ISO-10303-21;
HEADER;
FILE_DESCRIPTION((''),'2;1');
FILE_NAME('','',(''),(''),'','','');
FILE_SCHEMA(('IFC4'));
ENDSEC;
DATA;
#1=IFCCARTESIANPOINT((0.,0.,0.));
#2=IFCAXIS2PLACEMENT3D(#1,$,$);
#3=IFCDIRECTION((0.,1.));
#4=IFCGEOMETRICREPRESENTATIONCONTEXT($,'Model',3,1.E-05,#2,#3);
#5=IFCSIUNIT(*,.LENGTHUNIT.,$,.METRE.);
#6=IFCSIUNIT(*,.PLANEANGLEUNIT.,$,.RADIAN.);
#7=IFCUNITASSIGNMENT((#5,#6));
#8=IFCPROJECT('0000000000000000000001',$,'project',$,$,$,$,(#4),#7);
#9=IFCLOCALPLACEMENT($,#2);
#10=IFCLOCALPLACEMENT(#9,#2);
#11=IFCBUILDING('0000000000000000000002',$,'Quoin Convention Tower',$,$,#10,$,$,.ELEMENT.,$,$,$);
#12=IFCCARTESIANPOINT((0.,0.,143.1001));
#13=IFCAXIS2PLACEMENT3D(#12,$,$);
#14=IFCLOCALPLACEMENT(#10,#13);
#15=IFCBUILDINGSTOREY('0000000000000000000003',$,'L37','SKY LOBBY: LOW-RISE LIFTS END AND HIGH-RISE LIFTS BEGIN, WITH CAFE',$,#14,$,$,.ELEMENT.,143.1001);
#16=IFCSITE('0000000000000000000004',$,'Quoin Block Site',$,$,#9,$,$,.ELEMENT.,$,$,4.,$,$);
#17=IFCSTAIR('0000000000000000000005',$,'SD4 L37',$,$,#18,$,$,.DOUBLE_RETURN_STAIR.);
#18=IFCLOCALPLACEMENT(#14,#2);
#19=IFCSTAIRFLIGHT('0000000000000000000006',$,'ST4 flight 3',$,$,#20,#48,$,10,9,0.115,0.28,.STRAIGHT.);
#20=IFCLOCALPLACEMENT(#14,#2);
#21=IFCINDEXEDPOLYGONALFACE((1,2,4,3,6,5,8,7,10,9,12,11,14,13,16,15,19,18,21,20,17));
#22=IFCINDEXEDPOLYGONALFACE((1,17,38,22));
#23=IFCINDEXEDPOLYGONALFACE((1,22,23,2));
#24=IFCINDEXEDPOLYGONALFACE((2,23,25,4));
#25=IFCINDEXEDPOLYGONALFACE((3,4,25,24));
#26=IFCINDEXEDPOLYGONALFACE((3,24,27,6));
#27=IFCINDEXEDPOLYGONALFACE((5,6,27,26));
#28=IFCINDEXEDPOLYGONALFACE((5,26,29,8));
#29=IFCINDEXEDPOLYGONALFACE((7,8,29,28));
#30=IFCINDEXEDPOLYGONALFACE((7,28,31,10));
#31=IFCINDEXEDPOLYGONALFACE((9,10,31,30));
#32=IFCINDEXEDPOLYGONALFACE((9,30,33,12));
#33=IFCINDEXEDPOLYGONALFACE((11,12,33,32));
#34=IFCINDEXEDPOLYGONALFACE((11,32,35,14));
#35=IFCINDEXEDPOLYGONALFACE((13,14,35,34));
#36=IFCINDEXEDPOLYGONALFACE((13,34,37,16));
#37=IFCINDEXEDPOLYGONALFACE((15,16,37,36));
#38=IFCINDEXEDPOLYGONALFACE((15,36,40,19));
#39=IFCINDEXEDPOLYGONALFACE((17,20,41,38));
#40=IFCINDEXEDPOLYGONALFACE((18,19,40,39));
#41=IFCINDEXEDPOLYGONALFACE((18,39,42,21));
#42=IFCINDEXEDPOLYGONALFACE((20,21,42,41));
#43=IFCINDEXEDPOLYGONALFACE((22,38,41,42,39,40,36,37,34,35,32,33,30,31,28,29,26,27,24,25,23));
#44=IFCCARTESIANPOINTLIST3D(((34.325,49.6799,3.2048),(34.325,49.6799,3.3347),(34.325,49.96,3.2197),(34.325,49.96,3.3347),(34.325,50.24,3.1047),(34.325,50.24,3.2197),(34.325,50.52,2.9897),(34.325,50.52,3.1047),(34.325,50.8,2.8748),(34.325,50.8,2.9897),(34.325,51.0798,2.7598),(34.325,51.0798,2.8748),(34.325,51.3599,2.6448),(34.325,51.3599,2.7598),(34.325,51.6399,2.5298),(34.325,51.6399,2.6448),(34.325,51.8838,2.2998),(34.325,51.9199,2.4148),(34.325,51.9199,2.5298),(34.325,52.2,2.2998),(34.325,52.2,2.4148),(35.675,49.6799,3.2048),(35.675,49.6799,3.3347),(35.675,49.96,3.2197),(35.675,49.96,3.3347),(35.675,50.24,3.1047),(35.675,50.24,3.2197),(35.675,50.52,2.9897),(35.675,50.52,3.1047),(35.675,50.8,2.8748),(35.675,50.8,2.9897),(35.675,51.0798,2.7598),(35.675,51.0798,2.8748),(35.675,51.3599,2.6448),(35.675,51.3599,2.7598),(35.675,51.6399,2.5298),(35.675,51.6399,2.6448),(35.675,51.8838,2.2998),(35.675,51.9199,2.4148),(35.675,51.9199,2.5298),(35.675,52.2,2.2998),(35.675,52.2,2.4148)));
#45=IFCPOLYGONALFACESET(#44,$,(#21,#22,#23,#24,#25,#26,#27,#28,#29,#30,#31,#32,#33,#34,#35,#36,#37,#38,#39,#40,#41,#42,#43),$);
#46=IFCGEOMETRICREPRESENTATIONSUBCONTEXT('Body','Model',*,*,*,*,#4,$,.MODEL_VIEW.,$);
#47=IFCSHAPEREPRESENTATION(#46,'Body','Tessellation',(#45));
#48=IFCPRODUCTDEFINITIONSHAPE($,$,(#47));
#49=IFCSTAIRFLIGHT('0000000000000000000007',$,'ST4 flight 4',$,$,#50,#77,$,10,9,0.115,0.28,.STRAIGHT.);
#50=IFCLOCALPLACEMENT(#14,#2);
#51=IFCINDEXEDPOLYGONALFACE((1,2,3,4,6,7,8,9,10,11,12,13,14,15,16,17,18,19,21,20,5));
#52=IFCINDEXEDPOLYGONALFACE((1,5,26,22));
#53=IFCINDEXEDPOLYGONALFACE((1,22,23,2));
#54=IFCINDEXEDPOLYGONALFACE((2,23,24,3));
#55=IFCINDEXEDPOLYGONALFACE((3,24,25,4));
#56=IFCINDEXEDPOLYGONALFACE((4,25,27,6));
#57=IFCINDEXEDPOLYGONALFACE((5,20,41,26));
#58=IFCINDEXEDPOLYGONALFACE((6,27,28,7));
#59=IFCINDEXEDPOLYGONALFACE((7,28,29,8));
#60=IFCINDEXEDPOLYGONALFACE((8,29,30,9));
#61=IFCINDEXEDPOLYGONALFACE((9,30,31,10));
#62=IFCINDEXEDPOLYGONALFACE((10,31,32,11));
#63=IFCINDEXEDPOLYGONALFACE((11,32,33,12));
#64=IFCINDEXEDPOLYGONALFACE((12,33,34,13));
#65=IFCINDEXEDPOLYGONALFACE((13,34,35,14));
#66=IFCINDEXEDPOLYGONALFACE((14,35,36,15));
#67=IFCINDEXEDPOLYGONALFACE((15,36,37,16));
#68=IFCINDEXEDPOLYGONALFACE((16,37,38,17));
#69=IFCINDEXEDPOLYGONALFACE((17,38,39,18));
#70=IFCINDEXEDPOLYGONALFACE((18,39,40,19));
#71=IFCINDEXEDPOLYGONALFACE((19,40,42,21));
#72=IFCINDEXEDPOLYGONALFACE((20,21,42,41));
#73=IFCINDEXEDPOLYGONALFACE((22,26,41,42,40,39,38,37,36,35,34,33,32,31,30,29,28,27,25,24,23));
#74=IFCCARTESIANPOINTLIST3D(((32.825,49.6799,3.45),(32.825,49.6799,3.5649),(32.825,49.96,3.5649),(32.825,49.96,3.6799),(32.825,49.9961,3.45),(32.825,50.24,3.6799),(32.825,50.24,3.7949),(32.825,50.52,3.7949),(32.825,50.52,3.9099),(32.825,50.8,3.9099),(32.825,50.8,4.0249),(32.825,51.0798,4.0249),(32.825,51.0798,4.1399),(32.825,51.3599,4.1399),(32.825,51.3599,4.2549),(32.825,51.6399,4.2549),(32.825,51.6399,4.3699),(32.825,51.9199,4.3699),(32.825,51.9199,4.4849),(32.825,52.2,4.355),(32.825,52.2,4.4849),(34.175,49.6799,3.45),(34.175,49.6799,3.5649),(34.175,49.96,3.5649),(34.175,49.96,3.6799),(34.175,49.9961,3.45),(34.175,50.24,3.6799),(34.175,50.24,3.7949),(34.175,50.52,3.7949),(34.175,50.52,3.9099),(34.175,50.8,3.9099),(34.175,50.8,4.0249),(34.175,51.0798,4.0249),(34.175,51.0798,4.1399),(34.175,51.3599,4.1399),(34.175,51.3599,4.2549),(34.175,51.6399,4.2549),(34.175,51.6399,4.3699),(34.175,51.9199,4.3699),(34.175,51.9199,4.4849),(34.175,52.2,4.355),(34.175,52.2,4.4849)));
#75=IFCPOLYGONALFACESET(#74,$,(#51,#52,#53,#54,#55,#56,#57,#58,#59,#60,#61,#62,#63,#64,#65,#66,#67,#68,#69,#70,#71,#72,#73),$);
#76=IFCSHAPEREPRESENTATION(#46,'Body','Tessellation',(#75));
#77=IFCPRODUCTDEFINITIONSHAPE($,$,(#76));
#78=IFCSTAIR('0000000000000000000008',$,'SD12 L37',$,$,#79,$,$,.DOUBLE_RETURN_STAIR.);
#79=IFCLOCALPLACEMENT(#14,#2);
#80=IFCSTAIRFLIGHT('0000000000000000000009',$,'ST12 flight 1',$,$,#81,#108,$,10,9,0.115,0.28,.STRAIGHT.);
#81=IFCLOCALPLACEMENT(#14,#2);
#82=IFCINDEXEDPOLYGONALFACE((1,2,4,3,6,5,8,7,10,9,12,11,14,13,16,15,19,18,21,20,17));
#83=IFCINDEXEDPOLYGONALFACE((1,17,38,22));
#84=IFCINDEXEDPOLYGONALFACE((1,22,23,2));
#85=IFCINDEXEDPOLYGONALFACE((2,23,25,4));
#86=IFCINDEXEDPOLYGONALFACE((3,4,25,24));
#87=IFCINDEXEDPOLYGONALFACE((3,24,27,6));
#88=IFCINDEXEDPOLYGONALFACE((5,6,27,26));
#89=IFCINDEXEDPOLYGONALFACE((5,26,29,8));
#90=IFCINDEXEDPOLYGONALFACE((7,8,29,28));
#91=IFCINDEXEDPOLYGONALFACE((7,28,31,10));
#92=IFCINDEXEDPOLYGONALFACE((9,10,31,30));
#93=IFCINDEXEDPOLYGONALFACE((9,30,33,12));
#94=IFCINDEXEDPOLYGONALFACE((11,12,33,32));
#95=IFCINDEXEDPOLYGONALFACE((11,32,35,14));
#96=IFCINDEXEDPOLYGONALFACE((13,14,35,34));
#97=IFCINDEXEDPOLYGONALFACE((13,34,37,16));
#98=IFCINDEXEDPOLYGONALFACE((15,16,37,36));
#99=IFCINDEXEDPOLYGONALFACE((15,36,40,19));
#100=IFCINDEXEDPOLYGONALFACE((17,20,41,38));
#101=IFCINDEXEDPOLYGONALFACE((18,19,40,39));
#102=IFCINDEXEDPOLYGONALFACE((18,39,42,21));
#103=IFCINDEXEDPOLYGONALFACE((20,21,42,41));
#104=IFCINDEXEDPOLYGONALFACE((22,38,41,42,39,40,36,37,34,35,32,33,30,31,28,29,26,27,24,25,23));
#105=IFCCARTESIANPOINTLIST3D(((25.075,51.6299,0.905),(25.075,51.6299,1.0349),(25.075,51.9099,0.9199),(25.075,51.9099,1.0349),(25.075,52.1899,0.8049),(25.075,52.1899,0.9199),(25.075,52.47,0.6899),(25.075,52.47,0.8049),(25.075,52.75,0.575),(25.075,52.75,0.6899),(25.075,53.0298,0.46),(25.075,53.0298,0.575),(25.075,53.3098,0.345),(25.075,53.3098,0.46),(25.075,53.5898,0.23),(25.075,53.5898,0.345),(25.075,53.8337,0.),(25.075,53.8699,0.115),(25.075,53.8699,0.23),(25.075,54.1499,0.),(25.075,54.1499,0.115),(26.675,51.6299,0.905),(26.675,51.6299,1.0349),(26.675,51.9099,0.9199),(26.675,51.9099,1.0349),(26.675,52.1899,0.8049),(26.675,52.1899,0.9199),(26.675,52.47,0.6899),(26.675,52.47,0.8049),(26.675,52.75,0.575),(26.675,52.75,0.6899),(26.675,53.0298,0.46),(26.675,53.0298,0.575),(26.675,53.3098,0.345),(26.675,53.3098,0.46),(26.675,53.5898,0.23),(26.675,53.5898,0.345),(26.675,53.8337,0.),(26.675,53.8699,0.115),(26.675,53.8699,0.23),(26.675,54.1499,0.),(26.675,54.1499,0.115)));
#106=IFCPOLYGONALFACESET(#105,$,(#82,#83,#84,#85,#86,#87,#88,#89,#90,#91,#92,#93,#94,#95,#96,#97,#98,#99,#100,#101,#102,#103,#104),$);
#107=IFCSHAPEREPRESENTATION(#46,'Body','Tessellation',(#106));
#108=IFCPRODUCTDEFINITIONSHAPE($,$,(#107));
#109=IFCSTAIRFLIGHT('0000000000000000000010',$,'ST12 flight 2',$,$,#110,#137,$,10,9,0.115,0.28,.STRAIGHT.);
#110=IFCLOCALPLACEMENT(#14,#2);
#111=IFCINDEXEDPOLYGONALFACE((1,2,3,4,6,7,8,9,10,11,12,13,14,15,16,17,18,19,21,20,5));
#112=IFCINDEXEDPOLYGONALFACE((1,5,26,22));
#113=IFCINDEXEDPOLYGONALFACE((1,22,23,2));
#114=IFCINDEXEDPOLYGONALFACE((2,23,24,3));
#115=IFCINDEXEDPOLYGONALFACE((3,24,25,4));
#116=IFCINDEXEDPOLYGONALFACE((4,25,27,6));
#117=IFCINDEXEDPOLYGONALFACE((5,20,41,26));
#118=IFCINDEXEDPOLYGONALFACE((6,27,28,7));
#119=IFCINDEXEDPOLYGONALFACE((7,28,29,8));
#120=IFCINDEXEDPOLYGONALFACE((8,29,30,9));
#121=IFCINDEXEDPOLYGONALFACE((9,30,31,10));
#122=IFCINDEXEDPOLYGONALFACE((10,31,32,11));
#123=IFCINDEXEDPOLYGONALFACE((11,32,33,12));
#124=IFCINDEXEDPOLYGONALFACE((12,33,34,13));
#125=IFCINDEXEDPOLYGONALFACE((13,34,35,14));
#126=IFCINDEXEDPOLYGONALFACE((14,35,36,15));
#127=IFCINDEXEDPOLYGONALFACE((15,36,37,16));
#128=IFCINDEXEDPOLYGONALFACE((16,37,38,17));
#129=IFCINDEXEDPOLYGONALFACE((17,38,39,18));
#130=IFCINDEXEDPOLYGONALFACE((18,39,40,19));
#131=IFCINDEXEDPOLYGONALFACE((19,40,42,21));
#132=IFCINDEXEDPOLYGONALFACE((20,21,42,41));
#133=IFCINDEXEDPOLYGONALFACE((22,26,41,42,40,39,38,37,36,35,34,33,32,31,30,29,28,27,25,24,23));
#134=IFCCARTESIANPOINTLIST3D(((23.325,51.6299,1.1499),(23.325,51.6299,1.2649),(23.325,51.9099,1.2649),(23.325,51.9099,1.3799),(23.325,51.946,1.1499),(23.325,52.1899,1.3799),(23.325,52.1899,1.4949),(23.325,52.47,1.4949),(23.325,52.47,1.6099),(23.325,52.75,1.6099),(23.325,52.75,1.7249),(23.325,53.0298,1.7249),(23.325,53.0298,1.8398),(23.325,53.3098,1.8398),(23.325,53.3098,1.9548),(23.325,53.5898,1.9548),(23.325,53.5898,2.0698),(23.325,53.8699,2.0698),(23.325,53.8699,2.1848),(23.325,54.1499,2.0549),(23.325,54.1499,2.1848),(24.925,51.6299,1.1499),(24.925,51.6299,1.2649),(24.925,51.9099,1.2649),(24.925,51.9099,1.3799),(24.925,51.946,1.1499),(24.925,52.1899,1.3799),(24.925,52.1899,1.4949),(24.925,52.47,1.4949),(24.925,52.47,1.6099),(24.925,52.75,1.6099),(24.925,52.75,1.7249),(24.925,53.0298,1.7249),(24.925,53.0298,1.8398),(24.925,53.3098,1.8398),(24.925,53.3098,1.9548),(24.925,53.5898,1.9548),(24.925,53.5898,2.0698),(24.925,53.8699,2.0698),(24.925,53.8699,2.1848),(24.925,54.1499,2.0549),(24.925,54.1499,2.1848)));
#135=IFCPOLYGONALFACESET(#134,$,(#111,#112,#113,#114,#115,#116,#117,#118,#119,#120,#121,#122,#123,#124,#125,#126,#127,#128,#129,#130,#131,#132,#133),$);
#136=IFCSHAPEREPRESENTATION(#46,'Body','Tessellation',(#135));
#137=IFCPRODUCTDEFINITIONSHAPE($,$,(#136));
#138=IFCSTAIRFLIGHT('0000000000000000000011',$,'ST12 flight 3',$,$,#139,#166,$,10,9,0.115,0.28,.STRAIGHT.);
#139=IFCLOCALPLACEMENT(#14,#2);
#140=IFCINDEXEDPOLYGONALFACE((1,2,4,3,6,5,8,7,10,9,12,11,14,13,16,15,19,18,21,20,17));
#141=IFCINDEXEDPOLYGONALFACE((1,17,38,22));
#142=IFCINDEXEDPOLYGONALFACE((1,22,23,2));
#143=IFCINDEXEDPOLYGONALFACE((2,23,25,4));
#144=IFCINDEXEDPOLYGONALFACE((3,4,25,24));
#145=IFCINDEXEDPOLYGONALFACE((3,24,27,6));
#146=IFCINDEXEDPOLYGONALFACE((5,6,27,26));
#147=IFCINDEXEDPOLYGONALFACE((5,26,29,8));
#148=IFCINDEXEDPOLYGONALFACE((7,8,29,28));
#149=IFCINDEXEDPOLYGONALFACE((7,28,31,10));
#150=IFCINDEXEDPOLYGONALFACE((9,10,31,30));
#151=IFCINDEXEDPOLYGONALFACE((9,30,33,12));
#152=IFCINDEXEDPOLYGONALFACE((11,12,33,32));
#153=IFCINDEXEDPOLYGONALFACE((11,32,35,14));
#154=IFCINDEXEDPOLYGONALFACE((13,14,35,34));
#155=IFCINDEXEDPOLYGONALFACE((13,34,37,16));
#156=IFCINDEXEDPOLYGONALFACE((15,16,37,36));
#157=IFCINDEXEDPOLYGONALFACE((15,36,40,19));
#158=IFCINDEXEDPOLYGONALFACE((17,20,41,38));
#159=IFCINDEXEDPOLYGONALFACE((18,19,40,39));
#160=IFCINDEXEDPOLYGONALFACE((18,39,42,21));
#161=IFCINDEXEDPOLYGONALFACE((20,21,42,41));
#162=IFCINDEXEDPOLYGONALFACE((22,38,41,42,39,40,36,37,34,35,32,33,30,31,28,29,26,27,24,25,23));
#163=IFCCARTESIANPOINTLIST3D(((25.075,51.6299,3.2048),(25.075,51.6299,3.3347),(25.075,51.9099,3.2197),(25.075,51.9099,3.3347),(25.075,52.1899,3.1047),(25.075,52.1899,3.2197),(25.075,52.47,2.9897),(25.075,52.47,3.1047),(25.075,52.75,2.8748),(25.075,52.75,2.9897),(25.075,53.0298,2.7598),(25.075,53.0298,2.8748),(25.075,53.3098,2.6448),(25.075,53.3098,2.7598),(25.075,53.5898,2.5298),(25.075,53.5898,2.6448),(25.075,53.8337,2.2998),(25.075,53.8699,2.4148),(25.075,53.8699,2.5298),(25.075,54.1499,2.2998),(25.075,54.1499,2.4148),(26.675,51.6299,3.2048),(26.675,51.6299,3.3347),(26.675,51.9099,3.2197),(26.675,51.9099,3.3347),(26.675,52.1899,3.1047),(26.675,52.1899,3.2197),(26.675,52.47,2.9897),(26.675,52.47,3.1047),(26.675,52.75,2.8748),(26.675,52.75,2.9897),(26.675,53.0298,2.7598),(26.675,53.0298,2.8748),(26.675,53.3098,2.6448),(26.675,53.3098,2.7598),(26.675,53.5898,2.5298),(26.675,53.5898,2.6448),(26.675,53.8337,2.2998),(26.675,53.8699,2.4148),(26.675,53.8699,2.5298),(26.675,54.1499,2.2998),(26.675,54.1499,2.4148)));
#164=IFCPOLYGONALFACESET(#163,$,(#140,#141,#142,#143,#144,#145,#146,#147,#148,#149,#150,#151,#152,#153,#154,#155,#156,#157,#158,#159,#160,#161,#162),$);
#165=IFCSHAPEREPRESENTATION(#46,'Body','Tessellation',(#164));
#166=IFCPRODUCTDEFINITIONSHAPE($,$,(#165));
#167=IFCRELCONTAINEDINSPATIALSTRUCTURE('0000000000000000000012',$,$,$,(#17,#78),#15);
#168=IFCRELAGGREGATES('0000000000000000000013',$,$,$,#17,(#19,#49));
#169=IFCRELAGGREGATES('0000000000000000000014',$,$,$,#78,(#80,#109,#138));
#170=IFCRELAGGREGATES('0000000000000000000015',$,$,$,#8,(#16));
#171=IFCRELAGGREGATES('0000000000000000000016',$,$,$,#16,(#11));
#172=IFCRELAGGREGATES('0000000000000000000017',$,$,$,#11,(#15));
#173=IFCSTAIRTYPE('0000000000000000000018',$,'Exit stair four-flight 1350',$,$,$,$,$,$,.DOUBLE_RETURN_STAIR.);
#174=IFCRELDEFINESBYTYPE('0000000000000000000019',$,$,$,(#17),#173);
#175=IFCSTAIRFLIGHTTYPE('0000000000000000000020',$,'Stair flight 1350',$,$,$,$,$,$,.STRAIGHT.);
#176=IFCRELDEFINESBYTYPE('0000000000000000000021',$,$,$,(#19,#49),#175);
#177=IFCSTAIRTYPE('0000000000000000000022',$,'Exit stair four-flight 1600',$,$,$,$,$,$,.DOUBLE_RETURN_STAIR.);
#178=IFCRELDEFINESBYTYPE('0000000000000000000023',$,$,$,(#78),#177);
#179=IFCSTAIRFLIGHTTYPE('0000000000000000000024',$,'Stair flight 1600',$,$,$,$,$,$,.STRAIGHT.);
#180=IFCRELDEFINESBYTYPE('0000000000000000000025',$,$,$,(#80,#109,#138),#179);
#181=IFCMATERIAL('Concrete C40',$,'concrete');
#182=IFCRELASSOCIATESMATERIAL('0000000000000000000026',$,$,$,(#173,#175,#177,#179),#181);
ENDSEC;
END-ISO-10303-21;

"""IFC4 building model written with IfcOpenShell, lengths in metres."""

from ifc_helpers import new_model, si_unit, direction, frame, origin, place, context, subcontext, project, spatial, polyline, outline, extrude, material, type_object, element, aggregate, save


model = new_model("IFC4")

# Units and contexts
model_context = context("Model", 3, precision=1e-05, world=origin(), true_north=direction((0.0, 1.0)))
body_context = subcontext(model_context, "Body", "Model", "MODEL_VIEW")
ifc_project = project(units=[si_unit("LENGTHUNIT", "METRE"), si_unit("PLANEANGLEUNIT", "RADIAN")], contexts=[model_context])

# Site, building, storey
site_placement = place(None, origin())
site = spatial("IfcSite", under=ifc_project, at=site_placement, Name="Quoin Block Site", CompositionType="ELEMENT", RefElevation=4.0)
building_placement = place(site_placement, origin())
building = spatial("IfcBuilding", under=site, at=building_placement, Name="Quoin Convention Tower", CompositionType="ELEMENT")
storey_placement = place(building_placement, frame((0.0, 0.0, 143.1001)))
storey = spatial("IfcBuildingStorey", under=building, at=storey_placement, Name="L37", Description="SKY LOBBY: LOW-RISE LIFTS END AND HIGH-RISE LIFTS BEGIN, WITH CAFE", CompositionType="ELEMENT", Elevation=143.1001)

# Stairs, stair flights
ifc_material_1 = material(Name="Concrete C40", Category="concrete")
stair_type_1 = type_object("IfcStairType", Name="Exit stair four-flight 1350", PredefinedType="DOUBLE_RETURN_STAIR", material=ifc_material_1)
stair_1_placement = place(storey_placement, origin())
stair_1 = element("IfcStair", 1, at=stair_1_placement, inside=storey, type_object=stair_type_1, Name="SD4 L37", PredefinedType="DOUBLE_RETURN_STAIR")
stair_flight_type_1 = type_object("IfcStairFlightType", Name="Stair flight 1350", PredefinedType="STRAIGHT", material=ifc_material_1)
stair_flight_1_placement = place(storey_placement, frame((35.0, 52.2, 2.2998), z_axis=(0.0, 0.0, 1.0), x_axis=(0.0, -1.0, 0.0)))
stair_flight_1 = element("IfcStairFlight", 2, at=stair_flight_1_placement, type_object=stair_flight_type_1, Name="ST4 flight 3", NumberOfRisers=10, NumberOfTreads=9, PredefinedType="STRAIGHT", RiserHeight=0.115, TreadLength=0.28, context=body_context, shape_type="SweptSolid", body=[
    extrude(outline(polyline([(0.0, 0.0), (0.0, 0.115), (0.28, 0.115), (0.28, 0.23), (0.5601, 0.23), (0.5601, 0.345), (0.8401, 0.345), (0.8401, 0.46), (1.1201, 0.46), (1.1201, 0.575), (1.3999, 0.575), (1.3999, 0.6899), (1.6799, 0.6899), (1.6799, 0.8049), (1.96, 0.8049), (1.96, 0.9199), (2.24, 0.9199), (2.24, 1.0349), (2.52, 1.0349), (2.52, 1.1499), (2.52, 0.905), (0.3162, 0.0), (0.0, 0.0)])), frame((0.0, 0.675, 0.0), z_axis=(0.0, -1.0, 0.0), x_axis=(1.0, 0.0, 0.0)), (0.0, 0.0, 1.0), 1.3501),
])
stair_flight_2_placement = place(storey_placement, frame((33.5, 49.6799, 3.45), z_axis=(0.0, 0.0, 1.0), x_axis=(0.0, 1.0, 0.0)))
stair_flight_2 = element("IfcStairFlight", 3, at=stair_flight_2_placement, type_object=stair_flight_type_1, Name="ST4 flight 4", NumberOfRisers=10, NumberOfTreads=9, PredefinedType="STRAIGHT", RiserHeight=0.115, TreadLength=0.28, context=body_context, shape_type="SweptSolid", body=[
    extrude(outline(polyline([(0.0, 0.0), (0.0, 0.115), (0.28, 0.115), (0.28, 0.23), (0.5601, 0.23), (0.5601, 0.345), (0.8401, 0.345), (0.8401, 0.46), (1.1201, 0.46), (1.1201, 0.575), (1.3999, 0.575), (1.3999, 0.6899), (1.6799, 0.6899), (1.6799, 0.8049), (1.96, 0.8049), (1.96, 0.9199), (2.24, 0.9199), (2.24, 1.0349), (2.52, 1.0349), (2.52, 1.1499), (2.52, 0.905), (0.3162, 0.0), (0.0, 0.0)])), frame((0.0, 0.675, 0.0), z_axis=(0.0, -1.0, 0.0), x_axis=(1.0, 0.0, 0.0)), (0.0, 0.0, 1.0), 1.3501),
])
aggregate(stair_1, [stair_flight_1, stair_flight_2])
stair_type_2 = type_object("IfcStairType", Name="Exit stair four-flight 1600", PredefinedType="DOUBLE_RETURN_STAIR", material=ifc_material_1)
stair_2_placement = place(storey_placement, origin())
stair_2 = element("IfcStair", 4, at=stair_2_placement, inside=storey, type_object=stair_type_2, Name="SD12 L37", PredefinedType="DOUBLE_RETURN_STAIR")
stair_flight_type_2 = type_object("IfcStairFlightType", Name="Stair flight 1600", PredefinedType="STRAIGHT", material=ifc_material_1)
stair_flight_3_placement = place(storey_placement, frame((25.875, 54.1499, 0.0), z_axis=(0.0, 0.0, 1.0), x_axis=(0.0, -1.0, 0.0)))
stair_flight_3 = element("IfcStairFlight", 5, at=stair_flight_3_placement, type_object=stair_flight_type_2, Name="ST12 flight 1", NumberOfRisers=10, NumberOfTreads=9, PredefinedType="STRAIGHT", RiserHeight=0.115, TreadLength=0.28, context=body_context, shape_type="SweptSolid", body=[
    extrude(outline(polyline([(0.0, 0.0), (0.0, 0.115), (0.28, 0.115), (0.28, 0.23), (0.5601, 0.23), (0.5601, 0.345), (0.8401, 0.345), (0.8401, 0.46), (1.1201, 0.46), (1.1201, 0.575), (1.3999, 0.575), (1.3999, 0.6899), (1.6799, 0.6899), (1.6799, 0.8049), (1.96, 0.8049), (1.96, 0.9199), (2.24, 0.9199), (2.24, 1.0349), (2.52, 1.0349), (2.52, 1.1499), (2.52, 0.905), (0.3162, 0.0), (0.0, 0.0)])), frame((0.0, 0.8, 0.0), z_axis=(0.0, -1.0, 0.0), x_axis=(1.0, 0.0, 0.0)), (0.0, 0.0, 1.0), 1.6001),
])
stair_flight_4_placement = place(storey_placement, frame((24.125, 51.6299, 1.1499), z_axis=(0.0, 0.0, 1.0), x_axis=(0.0, 1.0, 0.0)))
stair_flight_4 = element("IfcStairFlight", 6, at=stair_flight_4_placement, type_object=stair_flight_type_2, Name="ST12 flight 2", NumberOfRisers=10, NumberOfTreads=9, PredefinedType="STRAIGHT", RiserHeight=0.115, TreadLength=0.28, context=body_context, shape_type="SweptSolid", body=[
    extrude(outline(polyline([(0.0, 0.0), (0.0, 0.115), (0.28, 0.115), (0.28, 0.23), (0.5601, 0.23), (0.5601, 0.345), (0.8401, 0.345), (0.8401, 0.46), (1.1201, 0.46), (1.1201, 0.575), (1.3999, 0.575), (1.3999, 0.6899), (1.6799, 0.6899), (1.6799, 0.8049), (1.96, 0.8049), (1.96, 0.9199), (2.24, 0.9199), (2.24, 1.0349), (2.52, 1.0349), (2.52, 1.1499), (2.52, 0.905), (0.3162, 0.0), (0.0, 0.0)])), frame((0.0, 0.8, 0.0), z_axis=(0.0, -1.0, 0.0), x_axis=(1.0, 0.0, 0.0)), (0.0, 0.0, 1.0), 1.6001),
])
stair_flight_5_placement = place(storey_placement, frame((25.875, 54.1499, 2.2998), z_axis=(0.0, 0.0, 1.0), x_axis=(0.0, -1.0, 0.0)))
stair_flight_5 = element("IfcStairFlight", 7, at=stair_flight_5_placement, type_object=stair_flight_type_2, Name="ST12 flight 3", NumberOfRisers=10, NumberOfTreads=9, PredefinedType="STRAIGHT", RiserHeight=0.115, TreadLength=0.28, context=body_context, shape_type="SweptSolid", body=[
    extrude(outline(polyline([(0.0, 0.0), (0.0, 0.115), (0.28, 0.115), (0.28, 0.23), (0.5601, 0.23), (0.5601, 0.345), (0.8401, 0.345), (0.8401, 0.46), (1.1201, 0.46), (1.1201, 0.575), (1.3999, 0.575), (1.3999, 0.6899), (1.6799, 0.6899), (1.6799, 0.8049), (1.96, 0.8049), (1.96, 0.9199), (2.24, 0.9199), (2.24, 1.0349), (2.52, 1.0349), (2.52, 1.1499), (2.52, 0.905), (0.3162, 0.0), (0.0, 0.0)])), frame((0.0, 0.8, 0.0), z_axis=(0.0, -1.0, 0.0), x_axis=(1.0, 0.0, 0.0)), (0.0, 0.0, 1.0), 1.6001),
])
aggregate(stair_2, [stair_flight_3, stair_flight_4, stair_flight_5])

save(model, "model.ifc")
